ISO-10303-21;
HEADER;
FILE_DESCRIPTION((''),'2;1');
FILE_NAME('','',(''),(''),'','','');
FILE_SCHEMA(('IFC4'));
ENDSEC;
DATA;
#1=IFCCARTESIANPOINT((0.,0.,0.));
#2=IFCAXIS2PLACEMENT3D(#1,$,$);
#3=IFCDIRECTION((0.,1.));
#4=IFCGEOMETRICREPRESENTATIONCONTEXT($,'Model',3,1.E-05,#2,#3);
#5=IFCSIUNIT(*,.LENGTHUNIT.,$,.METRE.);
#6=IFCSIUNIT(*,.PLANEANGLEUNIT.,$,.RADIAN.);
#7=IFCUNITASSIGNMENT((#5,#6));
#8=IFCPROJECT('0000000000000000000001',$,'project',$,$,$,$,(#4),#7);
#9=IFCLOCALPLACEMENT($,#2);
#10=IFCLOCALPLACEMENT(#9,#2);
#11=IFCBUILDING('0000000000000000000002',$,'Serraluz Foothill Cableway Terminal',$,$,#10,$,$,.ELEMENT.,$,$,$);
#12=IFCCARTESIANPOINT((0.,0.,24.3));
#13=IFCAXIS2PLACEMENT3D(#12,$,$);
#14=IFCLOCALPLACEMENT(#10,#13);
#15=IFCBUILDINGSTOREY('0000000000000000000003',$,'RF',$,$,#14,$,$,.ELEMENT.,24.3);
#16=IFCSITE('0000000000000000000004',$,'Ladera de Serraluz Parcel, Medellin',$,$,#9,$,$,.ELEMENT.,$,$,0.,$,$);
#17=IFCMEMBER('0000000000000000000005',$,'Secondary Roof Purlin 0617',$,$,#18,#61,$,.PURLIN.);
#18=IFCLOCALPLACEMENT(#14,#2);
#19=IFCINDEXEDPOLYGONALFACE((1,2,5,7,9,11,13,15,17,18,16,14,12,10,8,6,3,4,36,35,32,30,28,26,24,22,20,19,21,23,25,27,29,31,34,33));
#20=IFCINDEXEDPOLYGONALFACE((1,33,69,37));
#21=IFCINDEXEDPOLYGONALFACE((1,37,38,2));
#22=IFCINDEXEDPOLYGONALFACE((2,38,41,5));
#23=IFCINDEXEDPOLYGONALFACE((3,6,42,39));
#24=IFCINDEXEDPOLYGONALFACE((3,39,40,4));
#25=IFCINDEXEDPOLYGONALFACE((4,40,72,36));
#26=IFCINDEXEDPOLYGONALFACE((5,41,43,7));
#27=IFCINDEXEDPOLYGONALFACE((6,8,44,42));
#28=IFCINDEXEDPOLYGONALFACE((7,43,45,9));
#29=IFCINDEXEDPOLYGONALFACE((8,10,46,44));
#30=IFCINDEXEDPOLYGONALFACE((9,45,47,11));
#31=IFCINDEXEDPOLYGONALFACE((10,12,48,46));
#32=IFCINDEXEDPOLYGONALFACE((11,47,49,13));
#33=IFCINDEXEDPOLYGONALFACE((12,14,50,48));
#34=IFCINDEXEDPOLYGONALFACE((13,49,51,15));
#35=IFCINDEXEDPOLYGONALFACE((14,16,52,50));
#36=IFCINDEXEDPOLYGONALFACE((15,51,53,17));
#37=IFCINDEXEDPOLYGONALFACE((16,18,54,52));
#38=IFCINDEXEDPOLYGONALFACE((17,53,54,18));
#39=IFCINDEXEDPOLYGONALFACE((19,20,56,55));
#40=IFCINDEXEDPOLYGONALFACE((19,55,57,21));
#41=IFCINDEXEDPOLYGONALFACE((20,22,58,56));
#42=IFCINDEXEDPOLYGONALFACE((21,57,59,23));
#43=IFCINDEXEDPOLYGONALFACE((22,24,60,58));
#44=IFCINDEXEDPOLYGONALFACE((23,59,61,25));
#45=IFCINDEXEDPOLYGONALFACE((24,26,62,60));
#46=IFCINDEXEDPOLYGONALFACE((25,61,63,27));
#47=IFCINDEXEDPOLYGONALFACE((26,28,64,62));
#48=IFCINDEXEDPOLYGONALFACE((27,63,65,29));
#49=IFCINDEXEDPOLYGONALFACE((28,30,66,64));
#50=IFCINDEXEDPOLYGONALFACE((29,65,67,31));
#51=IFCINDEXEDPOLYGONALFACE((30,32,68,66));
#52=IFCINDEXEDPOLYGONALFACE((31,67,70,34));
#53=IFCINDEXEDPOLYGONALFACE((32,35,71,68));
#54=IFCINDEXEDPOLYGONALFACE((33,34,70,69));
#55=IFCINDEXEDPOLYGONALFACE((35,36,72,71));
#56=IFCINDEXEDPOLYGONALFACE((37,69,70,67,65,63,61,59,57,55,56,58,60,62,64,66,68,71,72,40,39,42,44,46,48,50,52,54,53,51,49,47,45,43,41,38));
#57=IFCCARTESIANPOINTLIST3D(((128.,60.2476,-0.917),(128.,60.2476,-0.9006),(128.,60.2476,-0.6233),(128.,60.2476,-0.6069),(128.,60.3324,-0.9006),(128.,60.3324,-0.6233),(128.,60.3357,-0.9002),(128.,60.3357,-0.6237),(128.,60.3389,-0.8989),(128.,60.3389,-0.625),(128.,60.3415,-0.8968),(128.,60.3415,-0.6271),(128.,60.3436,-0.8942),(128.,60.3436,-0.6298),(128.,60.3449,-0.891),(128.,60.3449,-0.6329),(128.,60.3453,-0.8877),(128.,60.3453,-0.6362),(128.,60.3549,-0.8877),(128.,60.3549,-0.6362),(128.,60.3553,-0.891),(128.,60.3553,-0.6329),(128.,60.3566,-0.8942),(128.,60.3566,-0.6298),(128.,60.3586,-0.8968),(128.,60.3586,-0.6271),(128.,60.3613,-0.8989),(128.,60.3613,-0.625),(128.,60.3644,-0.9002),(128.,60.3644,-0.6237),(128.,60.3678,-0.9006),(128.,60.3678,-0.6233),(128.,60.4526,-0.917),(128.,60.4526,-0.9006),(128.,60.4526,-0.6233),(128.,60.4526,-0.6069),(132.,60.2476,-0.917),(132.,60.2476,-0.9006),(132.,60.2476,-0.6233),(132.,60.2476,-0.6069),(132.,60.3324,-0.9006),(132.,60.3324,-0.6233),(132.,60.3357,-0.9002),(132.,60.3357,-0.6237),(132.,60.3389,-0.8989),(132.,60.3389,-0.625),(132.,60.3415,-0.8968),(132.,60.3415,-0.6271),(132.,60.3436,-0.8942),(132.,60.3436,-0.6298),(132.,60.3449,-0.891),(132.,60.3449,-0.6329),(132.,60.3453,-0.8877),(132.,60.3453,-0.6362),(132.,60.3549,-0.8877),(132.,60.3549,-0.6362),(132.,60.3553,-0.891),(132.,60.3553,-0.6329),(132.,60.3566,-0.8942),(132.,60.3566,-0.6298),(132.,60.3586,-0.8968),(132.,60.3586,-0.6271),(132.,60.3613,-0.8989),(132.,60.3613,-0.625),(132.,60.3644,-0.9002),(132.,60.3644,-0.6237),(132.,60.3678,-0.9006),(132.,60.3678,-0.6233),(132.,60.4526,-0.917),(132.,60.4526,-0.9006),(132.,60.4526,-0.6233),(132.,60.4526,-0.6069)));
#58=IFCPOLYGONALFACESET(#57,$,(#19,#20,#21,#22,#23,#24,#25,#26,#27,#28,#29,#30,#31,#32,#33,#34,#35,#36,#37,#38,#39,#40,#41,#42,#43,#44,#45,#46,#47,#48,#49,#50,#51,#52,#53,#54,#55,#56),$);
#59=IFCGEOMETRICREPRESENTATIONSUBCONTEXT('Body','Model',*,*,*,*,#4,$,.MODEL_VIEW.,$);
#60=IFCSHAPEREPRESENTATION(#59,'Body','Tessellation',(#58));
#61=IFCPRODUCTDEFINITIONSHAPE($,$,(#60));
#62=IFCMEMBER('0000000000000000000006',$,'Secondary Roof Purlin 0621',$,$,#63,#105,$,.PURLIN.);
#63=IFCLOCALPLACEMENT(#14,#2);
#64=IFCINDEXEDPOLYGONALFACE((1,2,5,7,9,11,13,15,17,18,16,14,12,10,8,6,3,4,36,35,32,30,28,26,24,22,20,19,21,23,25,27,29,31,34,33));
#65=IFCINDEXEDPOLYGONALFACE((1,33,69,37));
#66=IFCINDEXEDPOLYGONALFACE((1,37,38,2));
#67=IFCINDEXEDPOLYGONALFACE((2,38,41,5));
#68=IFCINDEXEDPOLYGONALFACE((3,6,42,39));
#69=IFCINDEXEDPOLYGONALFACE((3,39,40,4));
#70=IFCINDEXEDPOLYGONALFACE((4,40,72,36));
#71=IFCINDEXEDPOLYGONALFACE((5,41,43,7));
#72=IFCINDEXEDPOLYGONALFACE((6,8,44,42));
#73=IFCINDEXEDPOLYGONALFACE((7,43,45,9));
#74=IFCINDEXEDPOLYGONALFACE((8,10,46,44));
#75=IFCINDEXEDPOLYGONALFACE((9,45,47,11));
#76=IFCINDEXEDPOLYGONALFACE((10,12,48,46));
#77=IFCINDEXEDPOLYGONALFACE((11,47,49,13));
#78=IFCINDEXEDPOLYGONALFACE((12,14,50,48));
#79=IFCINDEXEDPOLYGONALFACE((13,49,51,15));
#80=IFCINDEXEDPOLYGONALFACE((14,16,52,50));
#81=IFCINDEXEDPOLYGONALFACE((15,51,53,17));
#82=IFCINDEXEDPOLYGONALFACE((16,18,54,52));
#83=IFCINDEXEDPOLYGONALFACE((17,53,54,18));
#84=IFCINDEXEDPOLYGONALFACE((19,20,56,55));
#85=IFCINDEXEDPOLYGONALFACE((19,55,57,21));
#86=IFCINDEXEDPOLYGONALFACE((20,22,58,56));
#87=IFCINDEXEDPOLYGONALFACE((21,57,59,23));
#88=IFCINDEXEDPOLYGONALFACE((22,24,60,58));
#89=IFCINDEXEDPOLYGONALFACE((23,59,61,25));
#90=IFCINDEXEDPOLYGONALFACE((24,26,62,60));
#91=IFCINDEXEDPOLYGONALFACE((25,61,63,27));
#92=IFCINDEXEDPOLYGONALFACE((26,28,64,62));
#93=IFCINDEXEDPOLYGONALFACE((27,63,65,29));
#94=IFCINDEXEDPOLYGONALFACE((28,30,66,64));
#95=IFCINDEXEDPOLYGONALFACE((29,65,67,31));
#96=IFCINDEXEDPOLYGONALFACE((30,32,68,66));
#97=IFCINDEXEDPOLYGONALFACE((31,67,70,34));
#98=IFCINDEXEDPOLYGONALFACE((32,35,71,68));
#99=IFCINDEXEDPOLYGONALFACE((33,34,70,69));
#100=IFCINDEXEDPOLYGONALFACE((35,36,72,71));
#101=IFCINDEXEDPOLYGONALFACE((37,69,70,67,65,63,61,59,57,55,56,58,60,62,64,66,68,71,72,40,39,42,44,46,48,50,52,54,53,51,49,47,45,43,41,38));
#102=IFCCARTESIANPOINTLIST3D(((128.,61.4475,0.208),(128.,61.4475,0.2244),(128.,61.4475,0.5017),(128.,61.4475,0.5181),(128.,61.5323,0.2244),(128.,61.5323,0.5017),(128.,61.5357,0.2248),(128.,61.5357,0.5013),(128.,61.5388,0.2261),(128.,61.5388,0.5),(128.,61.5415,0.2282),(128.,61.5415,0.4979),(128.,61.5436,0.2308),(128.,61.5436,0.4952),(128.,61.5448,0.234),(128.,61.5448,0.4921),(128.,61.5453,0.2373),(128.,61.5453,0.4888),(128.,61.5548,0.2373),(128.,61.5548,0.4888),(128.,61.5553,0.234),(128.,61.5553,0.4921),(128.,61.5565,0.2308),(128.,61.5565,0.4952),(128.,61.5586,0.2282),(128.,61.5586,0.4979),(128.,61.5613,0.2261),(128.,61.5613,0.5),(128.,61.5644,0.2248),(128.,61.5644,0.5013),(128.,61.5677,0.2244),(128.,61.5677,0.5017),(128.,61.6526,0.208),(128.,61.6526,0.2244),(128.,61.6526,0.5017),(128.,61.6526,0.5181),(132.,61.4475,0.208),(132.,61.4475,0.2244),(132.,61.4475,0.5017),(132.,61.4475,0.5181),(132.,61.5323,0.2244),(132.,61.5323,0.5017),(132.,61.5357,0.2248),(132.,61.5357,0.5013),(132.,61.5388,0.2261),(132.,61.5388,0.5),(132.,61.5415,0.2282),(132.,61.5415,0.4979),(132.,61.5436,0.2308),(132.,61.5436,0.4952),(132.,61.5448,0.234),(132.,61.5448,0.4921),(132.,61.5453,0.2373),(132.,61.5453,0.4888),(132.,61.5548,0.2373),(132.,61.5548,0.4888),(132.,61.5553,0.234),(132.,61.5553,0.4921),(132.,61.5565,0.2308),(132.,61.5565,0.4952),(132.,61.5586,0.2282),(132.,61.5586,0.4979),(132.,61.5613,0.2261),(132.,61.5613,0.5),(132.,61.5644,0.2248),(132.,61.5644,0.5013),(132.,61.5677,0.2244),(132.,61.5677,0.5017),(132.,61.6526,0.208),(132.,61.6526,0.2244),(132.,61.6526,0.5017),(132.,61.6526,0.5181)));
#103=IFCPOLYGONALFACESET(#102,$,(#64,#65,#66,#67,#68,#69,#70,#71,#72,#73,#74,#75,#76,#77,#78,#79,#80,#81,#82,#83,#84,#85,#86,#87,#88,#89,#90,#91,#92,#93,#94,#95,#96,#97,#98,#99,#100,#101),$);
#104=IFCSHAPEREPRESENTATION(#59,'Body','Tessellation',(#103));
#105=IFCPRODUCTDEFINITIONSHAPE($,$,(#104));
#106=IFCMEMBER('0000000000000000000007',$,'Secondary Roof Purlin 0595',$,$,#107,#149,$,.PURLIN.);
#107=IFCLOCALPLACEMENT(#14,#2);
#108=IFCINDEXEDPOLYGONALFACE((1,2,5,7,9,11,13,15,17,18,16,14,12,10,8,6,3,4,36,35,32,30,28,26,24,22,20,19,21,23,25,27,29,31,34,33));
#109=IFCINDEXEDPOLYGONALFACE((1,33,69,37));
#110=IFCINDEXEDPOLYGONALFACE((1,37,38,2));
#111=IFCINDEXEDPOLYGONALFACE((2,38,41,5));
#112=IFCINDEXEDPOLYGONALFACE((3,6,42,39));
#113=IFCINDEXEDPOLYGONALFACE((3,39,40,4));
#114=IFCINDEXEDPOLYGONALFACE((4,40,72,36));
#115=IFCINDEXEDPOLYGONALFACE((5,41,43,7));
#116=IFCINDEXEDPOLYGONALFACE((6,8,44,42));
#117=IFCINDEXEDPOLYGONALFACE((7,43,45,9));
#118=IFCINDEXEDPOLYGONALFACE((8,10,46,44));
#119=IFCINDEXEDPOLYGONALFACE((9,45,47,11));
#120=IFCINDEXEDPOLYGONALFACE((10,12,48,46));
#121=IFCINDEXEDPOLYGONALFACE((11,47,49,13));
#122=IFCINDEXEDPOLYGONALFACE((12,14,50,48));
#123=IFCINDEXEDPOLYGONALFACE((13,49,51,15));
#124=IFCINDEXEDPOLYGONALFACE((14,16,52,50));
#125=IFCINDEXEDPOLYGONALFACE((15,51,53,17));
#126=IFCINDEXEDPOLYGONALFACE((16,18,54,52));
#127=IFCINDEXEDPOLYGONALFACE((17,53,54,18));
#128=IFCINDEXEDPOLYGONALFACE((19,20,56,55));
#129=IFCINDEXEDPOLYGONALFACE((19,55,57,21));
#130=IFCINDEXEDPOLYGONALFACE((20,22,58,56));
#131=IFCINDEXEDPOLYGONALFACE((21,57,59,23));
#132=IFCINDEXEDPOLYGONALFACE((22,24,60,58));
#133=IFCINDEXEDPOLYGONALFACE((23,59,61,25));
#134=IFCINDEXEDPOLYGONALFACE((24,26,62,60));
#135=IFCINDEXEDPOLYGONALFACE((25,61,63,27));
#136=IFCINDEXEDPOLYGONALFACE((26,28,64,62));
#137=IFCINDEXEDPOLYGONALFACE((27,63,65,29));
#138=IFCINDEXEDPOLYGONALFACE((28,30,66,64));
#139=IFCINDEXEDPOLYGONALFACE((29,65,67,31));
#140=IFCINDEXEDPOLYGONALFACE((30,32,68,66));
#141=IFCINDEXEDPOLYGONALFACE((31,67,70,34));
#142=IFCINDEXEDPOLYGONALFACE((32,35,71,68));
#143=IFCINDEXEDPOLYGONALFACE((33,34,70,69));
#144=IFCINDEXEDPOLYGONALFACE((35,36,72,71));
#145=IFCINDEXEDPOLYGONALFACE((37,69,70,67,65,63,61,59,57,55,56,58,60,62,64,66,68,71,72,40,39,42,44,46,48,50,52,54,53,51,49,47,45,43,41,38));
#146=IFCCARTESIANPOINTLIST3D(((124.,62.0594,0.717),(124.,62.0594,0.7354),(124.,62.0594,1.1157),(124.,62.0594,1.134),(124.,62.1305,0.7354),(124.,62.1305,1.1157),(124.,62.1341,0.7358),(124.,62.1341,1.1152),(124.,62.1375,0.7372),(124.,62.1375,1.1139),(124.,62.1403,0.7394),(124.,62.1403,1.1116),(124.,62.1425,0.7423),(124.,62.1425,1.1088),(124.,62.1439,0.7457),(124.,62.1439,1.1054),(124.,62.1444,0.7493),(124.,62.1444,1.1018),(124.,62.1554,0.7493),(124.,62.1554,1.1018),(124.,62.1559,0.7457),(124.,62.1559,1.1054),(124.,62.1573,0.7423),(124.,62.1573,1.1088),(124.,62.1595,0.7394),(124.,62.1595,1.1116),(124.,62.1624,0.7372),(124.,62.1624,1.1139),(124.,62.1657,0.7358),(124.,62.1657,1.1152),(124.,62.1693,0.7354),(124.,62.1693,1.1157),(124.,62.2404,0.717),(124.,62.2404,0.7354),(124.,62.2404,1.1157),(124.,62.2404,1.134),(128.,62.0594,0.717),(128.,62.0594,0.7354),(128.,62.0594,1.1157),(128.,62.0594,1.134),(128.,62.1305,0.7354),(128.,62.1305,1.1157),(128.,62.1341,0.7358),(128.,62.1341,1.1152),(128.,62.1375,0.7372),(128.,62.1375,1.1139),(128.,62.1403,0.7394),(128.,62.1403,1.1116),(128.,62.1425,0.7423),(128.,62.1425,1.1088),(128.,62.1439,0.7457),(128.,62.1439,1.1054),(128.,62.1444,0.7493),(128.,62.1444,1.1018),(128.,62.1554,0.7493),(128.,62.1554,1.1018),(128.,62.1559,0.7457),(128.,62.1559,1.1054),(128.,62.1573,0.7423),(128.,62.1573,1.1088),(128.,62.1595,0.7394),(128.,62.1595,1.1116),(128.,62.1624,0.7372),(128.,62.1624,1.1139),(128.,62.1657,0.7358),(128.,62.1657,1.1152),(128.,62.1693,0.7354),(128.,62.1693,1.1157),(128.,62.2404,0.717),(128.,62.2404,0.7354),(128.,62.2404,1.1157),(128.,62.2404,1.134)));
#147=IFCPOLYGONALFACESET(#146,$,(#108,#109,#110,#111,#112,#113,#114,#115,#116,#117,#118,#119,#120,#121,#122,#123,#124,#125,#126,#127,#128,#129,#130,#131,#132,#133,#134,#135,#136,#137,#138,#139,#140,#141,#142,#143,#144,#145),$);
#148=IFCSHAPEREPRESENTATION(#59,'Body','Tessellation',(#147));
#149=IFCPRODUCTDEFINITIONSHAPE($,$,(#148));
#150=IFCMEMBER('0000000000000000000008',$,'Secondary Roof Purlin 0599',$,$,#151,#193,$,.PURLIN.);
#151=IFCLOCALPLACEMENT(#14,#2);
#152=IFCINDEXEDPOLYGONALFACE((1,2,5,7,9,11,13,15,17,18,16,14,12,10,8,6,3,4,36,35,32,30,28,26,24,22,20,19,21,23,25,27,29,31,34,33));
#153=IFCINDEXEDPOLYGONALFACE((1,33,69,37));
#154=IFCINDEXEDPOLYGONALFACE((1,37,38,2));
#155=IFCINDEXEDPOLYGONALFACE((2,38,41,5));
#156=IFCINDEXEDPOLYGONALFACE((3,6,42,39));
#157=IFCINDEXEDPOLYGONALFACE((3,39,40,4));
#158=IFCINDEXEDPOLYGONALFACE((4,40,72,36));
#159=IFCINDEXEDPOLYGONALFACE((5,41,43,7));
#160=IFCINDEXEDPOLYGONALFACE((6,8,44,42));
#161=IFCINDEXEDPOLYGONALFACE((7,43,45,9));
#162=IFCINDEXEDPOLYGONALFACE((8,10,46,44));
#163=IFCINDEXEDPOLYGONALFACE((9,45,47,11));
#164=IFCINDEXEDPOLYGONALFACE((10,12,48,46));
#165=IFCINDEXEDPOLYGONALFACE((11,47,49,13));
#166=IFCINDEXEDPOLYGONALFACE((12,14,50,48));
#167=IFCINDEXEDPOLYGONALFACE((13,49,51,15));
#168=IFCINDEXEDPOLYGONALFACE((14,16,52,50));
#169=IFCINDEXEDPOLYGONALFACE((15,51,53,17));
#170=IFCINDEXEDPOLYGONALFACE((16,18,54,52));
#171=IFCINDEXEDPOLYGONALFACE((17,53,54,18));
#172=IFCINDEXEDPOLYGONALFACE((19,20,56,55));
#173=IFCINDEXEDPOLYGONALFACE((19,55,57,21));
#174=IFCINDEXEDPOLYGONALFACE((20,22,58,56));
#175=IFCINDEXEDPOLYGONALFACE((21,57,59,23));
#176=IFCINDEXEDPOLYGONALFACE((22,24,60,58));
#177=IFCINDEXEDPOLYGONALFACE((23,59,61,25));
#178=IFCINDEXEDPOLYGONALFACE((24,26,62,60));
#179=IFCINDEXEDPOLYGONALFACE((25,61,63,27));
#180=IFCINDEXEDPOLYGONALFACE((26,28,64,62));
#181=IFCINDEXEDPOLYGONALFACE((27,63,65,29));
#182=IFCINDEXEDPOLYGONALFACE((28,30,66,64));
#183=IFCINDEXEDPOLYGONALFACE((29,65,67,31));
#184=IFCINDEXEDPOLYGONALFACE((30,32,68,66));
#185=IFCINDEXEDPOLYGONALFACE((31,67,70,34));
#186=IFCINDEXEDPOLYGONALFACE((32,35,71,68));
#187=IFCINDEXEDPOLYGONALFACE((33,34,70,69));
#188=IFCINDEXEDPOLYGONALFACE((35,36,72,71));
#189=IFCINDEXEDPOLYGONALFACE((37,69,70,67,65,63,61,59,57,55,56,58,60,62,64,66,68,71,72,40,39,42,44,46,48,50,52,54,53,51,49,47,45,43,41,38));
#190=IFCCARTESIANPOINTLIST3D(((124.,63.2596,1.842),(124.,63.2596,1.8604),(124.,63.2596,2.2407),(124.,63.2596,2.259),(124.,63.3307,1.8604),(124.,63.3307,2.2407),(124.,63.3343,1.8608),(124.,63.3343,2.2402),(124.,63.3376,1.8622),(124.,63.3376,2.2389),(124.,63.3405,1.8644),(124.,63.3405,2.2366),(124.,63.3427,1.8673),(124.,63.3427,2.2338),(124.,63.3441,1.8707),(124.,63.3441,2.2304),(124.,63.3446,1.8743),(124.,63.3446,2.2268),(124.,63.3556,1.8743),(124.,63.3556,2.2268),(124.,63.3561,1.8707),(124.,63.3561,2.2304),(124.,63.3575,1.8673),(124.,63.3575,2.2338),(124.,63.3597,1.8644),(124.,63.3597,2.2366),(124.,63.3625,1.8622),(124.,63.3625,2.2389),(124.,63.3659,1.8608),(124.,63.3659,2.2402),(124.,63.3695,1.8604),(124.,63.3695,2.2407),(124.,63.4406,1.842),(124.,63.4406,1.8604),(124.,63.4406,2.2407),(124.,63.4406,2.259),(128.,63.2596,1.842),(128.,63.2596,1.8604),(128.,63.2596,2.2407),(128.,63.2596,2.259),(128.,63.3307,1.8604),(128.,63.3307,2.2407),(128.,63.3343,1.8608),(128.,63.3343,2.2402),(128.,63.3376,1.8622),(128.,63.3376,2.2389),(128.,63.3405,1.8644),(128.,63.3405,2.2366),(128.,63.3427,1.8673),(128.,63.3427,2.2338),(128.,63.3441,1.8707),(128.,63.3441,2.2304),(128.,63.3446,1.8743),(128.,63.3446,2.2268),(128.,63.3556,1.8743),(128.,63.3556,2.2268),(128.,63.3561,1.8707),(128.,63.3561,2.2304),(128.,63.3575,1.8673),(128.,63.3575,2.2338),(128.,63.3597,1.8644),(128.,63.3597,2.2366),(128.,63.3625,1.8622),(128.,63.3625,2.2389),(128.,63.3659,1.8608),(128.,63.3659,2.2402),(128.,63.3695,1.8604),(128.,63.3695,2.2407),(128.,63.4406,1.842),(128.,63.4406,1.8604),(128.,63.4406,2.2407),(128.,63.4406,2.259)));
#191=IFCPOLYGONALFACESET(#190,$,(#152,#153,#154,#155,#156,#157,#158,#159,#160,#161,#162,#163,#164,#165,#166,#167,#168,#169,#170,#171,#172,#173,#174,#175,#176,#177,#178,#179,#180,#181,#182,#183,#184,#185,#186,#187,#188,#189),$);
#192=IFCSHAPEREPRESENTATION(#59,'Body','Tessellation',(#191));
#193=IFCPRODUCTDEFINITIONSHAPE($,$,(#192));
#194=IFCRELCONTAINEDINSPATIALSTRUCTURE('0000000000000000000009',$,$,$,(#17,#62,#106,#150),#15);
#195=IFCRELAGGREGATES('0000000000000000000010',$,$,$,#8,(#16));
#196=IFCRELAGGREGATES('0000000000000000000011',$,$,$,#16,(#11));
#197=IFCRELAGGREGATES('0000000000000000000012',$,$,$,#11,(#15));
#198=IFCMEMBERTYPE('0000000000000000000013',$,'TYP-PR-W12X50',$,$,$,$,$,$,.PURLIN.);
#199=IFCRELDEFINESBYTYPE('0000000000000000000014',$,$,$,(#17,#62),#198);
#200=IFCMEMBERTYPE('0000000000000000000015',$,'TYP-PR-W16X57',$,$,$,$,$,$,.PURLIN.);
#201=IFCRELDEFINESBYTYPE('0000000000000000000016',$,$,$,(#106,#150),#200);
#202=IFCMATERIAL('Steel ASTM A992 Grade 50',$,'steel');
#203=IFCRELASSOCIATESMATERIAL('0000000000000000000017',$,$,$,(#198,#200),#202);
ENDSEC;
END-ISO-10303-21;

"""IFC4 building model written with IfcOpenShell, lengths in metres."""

from ifc_helpers import new_model, si_unit, direction, frame, origin, origin_2d, place, context, subcontext, project, spatial, i_section, extrude, material, material_profile, profile_set, type_object, element, save


model = new_model("IFC4")

# Units and contexts
model_context = context("Model", 3, precision=1e-05, world=origin(), true_north=direction((0.0, 1.0)))
body_context = subcontext(model_context, "Body", "Model", "MODEL_VIEW")
ifc_project = project(units=[si_unit("LENGTHUNIT", "METRE"), si_unit("PLANEANGLEUNIT", "RADIAN")], contexts=[model_context])

# Site, building, storey
site_placement = place(None, origin())
site = spatial("IfcSite", under=ifc_project, at=site_placement, Name="Ladera de Serraluz Parcel, Medellin", CompositionType="ELEMENT", RefElevation=0.0)
building_placement = place(site_placement, origin())
building = spatial("IfcBuilding", under=site, at=building_placement, Name="Serraluz Foothill Cableway Terminal", CompositionType="ELEMENT")
storey_placement = place(building_placement, frame((0.0, 0.0, 24.3)))
storey = spatial("IfcBuildingStorey", under=building, at=storey_placement, Name="RF", CompositionType="ELEMENT", Elevation=24.3)

# Members
ifc_material_1 = material(Name="Steel ASTM A992 Grade 50", Category="steel")
ifc_material_profile_1 = material_profile(ifc_material_1, i_section(OverallWidth=0.2051, OverallDepth=0.3101, WebThickness=0.0095, FlangeThickness=0.0164, FilletRadius=0.0129, at=origin_2d()), Name="W12X50")
ifc_profile_set_1 = profile_set([ifc_material_profile_1], Name="Steel ASTM A992 Grade 50")
member_type_1 = type_object("IfcMemberType", Name="TYP-PR-W12X50", PredefinedType="PURLIN", material=ifc_profile_set_1)
for number, where, z_axis, x_axis, name in (
    (1, (128.0, 60.3501, -0.762), (1.0, 0.0, 0.0), (0.0, 1.0, 0.0), "Secondary Roof Purlin 0617"),
    (2, (128.0, 61.55, 0.363), (1.0, 0.0, 0.0), (0.0, 1.0, 0.0), "Secondary Roof Purlin 0621"),
):
    element("IfcMember", number, at=place(storey_placement, frame(where, z_axis=z_axis, x_axis=x_axis)), inside=storey, type_object=member_type_1, Name=name, PredefinedType="PURLIN", context=body_context, shape_type="SweptSolid", body=[
        extrude(i_section(OverallWidth=0.2051, OverallDepth=0.3101, WebThickness=0.0095, FlangeThickness=0.0164, FilletRadius=0.0129, at=origin_2d()), origin(), (0.0, 0.0, 1.0), 4.0),
    ])
ifc_material_profile_2 = material_profile(ifc_material_1, i_section(OverallWidth=0.1809, OverallDepth=0.417, WebThickness=0.011, FlangeThickness=0.0183, FilletRadius=0.0139, at=origin_2d()), Name="W16X57")
ifc_profile_set_2 = profile_set([ifc_material_profile_2], Name="Steel ASTM A992 Grade 50")
member_type_2 = type_object("IfcMemberType", Name="TYP-PR-W16X57", PredefinedType="PURLIN", material=ifc_profile_set_2)
for number, where, z_axis, x_axis, name in (
    (3, (124.0, 62.1499, 0.9255), (1.0, 0.0, 0.0), (0.0, 1.0, 0.0), "Secondary Roof Purlin 0595"),
    (4, (124.0, 63.3501, 2.0505), (1.0, 0.0, 0.0), (0.0, 1.0, 0.0), "Secondary Roof Purlin 0599"),
):
    element("IfcMember", number, at=place(storey_placement, frame(where, z_axis=z_axis, x_axis=x_axis)), inside=storey, type_object=member_type_2, Name=name, PredefinedType="PURLIN", context=body_context, shape_type="SweptSolid", body=[
        extrude(i_section(OverallWidth=0.1809, OverallDepth=0.417, WebThickness=0.011, FlangeThickness=0.0183, FilletRadius=0.0139, at=origin_2d()), origin(), (0.0, 0.0, 1.0), 4.0),
    ])

save(model, "model.ifc")
